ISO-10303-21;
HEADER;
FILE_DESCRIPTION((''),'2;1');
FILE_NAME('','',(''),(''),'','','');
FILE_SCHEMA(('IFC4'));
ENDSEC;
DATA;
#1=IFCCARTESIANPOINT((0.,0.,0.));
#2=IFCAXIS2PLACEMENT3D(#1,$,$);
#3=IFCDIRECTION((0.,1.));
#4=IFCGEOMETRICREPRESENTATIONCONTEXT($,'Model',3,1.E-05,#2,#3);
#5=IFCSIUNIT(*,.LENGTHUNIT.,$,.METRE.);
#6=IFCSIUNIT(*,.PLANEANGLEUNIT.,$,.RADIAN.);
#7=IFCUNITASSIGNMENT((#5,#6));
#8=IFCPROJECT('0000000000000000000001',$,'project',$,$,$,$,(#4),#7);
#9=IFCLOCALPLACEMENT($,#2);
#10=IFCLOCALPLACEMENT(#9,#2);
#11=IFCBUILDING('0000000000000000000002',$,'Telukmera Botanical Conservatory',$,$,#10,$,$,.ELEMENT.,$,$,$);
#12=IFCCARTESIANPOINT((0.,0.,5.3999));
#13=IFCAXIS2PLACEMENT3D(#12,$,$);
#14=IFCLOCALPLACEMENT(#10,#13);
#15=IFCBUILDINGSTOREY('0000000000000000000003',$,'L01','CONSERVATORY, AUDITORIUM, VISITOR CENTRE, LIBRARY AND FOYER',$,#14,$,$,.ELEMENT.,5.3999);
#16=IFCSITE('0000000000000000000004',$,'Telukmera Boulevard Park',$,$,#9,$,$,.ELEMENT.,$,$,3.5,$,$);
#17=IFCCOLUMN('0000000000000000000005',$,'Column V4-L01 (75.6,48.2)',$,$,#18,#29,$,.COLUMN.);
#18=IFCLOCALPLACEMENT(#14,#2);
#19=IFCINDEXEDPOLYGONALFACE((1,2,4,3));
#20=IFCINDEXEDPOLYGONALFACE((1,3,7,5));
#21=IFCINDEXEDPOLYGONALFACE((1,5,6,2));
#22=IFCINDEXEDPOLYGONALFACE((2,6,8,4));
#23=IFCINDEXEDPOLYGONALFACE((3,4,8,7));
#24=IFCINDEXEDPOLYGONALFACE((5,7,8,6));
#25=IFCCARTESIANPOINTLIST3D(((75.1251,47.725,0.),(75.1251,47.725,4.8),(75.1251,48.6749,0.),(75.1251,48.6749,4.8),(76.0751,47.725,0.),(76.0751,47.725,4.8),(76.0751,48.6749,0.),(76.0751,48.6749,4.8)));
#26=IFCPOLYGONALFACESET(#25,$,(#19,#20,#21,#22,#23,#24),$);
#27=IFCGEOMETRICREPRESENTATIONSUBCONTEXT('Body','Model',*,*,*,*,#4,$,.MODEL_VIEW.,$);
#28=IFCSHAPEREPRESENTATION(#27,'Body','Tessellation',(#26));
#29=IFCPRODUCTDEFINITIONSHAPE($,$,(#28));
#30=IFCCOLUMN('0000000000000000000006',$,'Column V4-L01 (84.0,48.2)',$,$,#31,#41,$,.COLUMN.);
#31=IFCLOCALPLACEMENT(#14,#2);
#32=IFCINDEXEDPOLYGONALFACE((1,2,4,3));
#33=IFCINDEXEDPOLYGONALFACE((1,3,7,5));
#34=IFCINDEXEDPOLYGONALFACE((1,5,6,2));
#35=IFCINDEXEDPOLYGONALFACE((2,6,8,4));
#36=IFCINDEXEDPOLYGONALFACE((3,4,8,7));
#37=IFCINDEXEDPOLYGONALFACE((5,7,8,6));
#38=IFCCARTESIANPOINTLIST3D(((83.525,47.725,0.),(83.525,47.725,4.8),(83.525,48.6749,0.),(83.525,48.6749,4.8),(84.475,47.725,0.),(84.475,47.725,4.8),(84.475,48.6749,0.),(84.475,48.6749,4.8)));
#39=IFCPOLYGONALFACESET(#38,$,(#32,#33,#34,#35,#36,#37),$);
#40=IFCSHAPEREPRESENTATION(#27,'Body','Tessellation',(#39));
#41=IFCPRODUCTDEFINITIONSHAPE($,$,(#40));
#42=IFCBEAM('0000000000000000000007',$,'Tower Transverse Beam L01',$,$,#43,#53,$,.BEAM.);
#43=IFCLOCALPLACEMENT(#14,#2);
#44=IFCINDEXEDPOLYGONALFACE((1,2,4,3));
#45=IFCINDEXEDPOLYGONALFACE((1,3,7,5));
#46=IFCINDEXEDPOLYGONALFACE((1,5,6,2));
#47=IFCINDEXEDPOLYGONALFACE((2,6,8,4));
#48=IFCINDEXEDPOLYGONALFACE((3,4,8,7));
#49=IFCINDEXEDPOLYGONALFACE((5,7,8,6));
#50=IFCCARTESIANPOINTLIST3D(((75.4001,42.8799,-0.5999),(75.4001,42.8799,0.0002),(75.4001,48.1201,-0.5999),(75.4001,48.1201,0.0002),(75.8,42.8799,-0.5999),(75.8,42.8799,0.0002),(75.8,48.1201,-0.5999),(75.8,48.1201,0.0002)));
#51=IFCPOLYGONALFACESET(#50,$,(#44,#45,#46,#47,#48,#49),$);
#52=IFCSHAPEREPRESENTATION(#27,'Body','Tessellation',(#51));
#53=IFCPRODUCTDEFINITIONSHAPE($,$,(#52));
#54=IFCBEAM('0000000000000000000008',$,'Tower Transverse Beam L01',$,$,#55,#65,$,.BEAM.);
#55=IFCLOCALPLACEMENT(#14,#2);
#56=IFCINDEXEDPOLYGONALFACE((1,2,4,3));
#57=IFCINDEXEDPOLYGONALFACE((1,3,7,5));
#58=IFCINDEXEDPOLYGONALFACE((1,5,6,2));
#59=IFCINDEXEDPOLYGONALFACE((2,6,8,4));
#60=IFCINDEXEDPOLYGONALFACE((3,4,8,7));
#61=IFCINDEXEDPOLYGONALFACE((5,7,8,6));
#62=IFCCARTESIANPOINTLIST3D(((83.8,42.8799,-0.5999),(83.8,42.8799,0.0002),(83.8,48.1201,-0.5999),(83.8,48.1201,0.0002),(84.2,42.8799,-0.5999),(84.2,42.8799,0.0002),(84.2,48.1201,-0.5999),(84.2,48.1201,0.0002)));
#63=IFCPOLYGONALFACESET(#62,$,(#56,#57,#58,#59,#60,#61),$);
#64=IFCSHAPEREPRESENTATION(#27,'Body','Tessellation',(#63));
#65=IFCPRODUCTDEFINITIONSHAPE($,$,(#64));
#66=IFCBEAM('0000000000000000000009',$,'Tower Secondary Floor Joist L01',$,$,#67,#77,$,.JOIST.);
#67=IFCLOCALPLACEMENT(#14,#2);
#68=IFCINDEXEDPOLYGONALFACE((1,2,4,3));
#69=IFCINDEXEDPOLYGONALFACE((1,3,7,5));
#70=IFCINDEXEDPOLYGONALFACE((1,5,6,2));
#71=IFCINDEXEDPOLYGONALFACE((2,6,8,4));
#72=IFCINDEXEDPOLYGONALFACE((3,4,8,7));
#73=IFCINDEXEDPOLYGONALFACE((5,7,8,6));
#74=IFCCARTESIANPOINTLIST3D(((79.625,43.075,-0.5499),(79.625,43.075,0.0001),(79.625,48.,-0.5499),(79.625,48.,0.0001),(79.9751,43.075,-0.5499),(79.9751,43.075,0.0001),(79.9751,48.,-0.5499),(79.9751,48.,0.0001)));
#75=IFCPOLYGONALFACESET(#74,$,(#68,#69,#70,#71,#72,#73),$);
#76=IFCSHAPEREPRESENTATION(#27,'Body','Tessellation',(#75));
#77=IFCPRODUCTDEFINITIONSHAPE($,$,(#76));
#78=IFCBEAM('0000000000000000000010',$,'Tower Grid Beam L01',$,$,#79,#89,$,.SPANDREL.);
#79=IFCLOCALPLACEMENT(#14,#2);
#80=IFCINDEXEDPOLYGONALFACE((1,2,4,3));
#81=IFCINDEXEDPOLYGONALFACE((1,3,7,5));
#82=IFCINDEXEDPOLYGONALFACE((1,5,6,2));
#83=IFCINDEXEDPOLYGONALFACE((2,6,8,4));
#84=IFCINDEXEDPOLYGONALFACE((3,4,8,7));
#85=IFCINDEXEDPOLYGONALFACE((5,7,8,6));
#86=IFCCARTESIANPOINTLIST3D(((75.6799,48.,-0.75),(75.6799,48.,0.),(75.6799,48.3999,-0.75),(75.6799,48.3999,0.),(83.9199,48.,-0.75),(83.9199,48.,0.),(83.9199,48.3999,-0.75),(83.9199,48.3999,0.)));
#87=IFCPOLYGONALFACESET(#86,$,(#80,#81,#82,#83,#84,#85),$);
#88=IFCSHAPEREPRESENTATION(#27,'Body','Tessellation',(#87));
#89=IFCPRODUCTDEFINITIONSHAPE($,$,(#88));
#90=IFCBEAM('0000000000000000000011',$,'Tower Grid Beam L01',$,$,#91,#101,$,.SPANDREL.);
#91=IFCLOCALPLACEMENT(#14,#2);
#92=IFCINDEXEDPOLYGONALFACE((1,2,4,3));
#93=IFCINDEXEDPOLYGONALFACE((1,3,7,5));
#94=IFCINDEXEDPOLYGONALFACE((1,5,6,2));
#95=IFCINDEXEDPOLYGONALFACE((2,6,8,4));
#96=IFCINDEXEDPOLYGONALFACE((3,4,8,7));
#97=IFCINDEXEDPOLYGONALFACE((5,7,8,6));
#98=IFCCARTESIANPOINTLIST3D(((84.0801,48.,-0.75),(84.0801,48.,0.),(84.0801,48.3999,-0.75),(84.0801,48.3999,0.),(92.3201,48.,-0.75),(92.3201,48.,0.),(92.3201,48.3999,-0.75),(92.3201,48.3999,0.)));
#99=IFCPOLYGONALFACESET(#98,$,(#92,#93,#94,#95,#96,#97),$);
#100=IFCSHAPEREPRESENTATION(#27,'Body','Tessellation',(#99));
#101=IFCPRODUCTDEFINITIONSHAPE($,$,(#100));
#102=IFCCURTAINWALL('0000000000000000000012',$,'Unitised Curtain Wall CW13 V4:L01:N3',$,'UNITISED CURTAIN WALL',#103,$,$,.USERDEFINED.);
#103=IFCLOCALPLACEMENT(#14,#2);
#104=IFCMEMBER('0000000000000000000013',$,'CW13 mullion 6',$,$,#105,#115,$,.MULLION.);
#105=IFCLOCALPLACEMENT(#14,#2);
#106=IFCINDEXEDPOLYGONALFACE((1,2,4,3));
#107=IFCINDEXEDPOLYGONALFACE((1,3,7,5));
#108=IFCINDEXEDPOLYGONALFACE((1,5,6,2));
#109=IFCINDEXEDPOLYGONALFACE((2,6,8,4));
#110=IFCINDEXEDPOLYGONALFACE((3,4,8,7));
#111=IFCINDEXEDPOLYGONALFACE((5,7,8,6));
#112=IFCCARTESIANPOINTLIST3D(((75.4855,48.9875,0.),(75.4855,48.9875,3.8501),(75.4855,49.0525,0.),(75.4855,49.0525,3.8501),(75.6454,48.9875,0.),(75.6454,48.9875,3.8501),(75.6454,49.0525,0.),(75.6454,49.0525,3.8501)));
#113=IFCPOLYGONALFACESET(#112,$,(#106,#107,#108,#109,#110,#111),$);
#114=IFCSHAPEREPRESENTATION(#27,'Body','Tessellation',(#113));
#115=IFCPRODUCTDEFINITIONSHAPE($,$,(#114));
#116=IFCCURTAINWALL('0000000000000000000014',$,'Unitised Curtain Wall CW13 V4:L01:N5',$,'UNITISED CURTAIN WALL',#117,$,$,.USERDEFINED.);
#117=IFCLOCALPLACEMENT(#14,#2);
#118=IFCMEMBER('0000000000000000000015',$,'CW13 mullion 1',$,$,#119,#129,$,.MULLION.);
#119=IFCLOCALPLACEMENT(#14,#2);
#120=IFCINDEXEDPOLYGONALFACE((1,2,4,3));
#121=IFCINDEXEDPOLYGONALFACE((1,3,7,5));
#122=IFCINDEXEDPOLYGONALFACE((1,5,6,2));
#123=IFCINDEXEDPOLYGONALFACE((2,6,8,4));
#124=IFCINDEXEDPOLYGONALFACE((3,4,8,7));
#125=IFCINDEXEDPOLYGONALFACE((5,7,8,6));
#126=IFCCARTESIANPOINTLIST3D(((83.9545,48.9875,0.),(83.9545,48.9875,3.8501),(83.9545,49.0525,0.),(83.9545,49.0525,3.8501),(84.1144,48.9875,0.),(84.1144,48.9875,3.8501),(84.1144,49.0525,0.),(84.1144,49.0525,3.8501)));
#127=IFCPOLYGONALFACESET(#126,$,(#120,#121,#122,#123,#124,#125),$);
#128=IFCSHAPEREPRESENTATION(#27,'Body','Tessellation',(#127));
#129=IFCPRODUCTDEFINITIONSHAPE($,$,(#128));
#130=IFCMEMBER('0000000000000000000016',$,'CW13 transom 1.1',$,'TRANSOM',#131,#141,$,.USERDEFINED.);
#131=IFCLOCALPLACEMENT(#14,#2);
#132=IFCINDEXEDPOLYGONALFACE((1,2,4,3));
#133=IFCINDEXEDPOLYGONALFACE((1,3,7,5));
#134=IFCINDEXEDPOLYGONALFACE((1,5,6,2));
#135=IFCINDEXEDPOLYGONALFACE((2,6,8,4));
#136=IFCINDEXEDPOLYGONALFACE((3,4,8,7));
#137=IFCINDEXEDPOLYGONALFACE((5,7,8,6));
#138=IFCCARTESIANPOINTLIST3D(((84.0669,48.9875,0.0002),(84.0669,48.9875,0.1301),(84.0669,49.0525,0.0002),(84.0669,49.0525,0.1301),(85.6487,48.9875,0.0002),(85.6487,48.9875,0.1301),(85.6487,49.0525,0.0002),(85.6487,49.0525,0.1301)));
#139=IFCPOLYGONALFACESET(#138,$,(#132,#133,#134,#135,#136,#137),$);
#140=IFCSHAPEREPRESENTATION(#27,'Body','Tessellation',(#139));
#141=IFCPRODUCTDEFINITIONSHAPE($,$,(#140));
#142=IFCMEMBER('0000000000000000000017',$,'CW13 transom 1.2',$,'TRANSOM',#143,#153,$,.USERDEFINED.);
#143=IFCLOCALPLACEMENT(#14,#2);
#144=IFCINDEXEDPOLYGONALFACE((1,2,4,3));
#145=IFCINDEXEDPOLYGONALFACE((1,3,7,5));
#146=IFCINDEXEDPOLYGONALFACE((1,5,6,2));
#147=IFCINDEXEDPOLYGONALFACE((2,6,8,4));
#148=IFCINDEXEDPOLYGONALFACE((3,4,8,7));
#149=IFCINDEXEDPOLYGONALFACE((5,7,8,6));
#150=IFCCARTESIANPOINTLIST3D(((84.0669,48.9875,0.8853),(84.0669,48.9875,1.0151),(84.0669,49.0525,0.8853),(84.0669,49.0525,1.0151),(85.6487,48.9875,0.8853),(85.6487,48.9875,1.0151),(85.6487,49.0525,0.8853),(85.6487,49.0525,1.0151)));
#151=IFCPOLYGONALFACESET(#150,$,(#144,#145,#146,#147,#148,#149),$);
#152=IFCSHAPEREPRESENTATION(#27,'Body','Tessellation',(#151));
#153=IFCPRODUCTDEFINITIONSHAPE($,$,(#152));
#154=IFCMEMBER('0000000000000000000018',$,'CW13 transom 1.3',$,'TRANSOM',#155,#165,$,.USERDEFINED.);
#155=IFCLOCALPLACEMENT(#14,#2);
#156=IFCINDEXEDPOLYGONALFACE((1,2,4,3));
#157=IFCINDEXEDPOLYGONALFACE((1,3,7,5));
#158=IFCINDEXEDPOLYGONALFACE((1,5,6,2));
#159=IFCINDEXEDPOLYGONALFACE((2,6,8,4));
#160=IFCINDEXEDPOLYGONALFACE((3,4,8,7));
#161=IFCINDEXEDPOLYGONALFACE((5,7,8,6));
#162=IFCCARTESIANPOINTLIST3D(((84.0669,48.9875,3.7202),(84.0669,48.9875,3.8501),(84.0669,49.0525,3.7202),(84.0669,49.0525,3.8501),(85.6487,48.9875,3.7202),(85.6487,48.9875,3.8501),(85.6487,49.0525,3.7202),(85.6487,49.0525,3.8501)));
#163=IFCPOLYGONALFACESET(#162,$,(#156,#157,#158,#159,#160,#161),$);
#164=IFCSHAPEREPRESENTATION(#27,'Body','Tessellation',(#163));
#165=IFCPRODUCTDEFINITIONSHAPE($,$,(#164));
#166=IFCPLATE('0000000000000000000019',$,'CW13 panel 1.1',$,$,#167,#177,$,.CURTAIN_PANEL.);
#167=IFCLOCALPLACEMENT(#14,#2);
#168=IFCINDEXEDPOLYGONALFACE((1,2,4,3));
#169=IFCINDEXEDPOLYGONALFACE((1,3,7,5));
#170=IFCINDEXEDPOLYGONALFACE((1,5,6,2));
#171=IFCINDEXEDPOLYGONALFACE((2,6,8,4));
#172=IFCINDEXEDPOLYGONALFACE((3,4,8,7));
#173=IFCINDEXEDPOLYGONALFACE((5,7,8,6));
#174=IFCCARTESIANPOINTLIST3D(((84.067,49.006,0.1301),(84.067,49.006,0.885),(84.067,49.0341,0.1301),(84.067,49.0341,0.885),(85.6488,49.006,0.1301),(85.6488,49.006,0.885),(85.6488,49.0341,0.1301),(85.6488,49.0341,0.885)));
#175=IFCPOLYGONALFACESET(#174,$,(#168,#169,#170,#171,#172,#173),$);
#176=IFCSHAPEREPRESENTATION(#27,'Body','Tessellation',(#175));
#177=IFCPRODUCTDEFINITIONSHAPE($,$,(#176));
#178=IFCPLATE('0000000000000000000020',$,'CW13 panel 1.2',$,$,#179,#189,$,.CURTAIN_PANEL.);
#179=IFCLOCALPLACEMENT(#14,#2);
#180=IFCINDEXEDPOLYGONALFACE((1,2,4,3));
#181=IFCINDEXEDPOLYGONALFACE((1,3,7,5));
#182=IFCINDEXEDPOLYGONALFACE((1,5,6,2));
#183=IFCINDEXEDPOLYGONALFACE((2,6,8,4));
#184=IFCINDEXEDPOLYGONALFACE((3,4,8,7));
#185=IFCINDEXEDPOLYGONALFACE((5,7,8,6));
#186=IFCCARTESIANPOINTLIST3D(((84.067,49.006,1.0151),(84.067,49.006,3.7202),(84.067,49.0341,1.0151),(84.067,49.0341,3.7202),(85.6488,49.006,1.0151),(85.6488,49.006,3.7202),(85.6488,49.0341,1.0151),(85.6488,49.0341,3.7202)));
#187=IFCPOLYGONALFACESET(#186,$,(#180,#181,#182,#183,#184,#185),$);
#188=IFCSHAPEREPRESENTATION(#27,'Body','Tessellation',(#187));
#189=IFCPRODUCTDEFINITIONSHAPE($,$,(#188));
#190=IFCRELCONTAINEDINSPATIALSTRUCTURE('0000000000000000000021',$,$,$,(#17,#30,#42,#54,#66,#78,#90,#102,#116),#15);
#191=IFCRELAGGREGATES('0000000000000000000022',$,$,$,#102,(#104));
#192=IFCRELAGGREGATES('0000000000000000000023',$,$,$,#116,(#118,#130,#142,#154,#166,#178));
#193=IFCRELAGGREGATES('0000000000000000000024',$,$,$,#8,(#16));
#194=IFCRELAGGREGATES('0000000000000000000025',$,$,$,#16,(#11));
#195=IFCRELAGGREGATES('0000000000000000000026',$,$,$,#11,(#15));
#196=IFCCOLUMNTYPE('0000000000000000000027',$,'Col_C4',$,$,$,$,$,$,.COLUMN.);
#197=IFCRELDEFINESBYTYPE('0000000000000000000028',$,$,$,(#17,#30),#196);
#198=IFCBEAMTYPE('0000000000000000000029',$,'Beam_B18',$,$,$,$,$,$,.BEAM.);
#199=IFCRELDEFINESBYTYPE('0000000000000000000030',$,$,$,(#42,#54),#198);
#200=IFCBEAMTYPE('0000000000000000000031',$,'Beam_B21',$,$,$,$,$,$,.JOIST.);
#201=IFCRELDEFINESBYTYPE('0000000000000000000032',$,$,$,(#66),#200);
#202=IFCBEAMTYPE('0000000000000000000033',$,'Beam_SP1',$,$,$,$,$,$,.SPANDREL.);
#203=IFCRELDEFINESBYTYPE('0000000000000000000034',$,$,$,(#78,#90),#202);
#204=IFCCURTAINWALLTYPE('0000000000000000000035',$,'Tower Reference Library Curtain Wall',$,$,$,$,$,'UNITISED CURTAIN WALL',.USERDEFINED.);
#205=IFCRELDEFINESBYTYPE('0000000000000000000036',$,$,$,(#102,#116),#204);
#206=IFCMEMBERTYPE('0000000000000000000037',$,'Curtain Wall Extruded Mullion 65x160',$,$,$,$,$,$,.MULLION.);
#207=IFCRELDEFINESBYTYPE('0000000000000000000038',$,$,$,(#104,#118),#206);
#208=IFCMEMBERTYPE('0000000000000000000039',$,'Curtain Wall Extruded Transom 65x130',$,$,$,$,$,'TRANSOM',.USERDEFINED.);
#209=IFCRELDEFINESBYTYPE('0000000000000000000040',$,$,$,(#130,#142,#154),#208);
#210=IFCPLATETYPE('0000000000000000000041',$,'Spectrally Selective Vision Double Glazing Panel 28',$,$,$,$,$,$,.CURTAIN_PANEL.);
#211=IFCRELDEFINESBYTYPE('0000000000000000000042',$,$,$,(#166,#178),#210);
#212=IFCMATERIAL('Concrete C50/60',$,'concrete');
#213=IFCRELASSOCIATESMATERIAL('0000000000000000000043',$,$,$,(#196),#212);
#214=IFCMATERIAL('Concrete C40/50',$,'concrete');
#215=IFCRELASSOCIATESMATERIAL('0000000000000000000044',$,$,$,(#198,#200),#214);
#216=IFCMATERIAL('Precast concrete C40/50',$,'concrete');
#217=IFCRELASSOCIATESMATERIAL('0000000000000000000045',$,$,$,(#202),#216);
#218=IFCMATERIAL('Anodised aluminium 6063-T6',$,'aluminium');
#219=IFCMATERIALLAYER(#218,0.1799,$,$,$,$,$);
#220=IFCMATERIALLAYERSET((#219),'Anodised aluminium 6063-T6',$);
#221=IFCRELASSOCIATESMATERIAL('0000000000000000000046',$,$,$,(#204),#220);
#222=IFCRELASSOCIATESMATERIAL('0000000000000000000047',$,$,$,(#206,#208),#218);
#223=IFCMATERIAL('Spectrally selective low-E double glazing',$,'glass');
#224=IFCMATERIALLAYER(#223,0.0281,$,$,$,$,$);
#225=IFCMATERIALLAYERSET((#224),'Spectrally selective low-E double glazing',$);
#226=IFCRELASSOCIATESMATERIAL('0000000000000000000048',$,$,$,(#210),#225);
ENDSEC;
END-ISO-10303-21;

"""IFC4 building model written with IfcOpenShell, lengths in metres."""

from ifc_helpers import new_model, si_unit, direction, frame, origin, origin_2d, place, context, subcontext, project, spatial, rectangle, extrude, material, layer, layer_set, material_profile, profile_set, type_object, element, aggregate, save


model = new_model("IFC4")

# Units and contexts
model_context = context("Model", 3, precision=1e-05, world=origin(), true_north=direction((0.0, 1.0)))
body_context = subcontext(model_context, "Body", "Model", "MODEL_VIEW")
ifc_project = project(units=[si_unit("LENGTHUNIT", "METRE"), si_unit("PLANEANGLEUNIT", "RADIAN")], contexts=[model_context])

# Site, building, storey
site_placement = place(None, origin())
site = spatial("IfcSite", under=ifc_project, at=site_placement, Name="Telukmera Boulevard Park", CompositionType="ELEMENT", RefElevation=3.5)
building_placement = place(site_placement, origin())
building = spatial("IfcBuilding", under=site, at=building_placement, Name="Telukmera Botanical Conservatory", CompositionType="ELEMENT")
storey_placement = place(building_placement, frame((0.0, 0.0, 5.3999)))
storey = spatial("IfcBuildingStorey", under=building, at=storey_placement, Name="L01", Description="CONSERVATORY, AUDITORIUM, VISITOR CENTRE, LIBRARY AND FOYER", CompositionType="ELEMENT", Elevation=5.3999)

# Columns
ifc_material_1 = material(Name="Concrete C50/60", Category="concrete")
ifc_material_profile_1 = material_profile(ifc_material_1, rectangle(XDim=0.95, YDim=0.95, at=origin_2d()), Name="RC 950x950")
ifc_profile_set_1 = profile_set([ifc_material_profile_1], Name="Concrete C50/60")
column_type = type_object("IfcColumnType", Name="Col_C4", PredefinedType="COLUMN", material=ifc_profile_set_1)
for number, where, z_axis, x_axis, name in (
    (1, (75.6001, 48.2, 0.0), (0.0, 0.0, 1.0), (1.0, 0.0, 0.0), "Column V4-L01 (75.6,48.2)"),
    (2, (84.0, 48.2, 0.0), (0.0, 0.0, 1.0), (1.0, 0.0, 0.0), "Column V4-L01 (84.0,48.2)"),
):
    element("IfcColumn", number, at=place(storey_placement, frame(where, z_axis=z_axis, x_axis=x_axis)), inside=storey, type_object=column_type, Name=name, PredefinedType="COLUMN", context=body_context, shape_type="SweptSolid", body=[
        extrude(rectangle(XDim=0.95, YDim=0.95, at=origin_2d()), origin(), (0.0, 0.0, 1.0), 4.8),
    ])

# Beams
ifc_material_2 = material(Name="Concrete C40/50", Category="concrete")
ifc_material_profile_2 = material_profile(ifc_material_2, rectangle(XDim=0.3999, YDim=0.6001, at=origin_2d()), Name="RC 400x600")
ifc_profile_set_2 = profile_set([ifc_material_profile_2], Name="Concrete C40/50")
beam_type_1 = type_object("IfcBeamType", Name="Beam_B18", PredefinedType="BEAM", material=ifc_profile_set_2)
for number, where, z_axis, x_axis, name in (
    (3, (75.6001, 42.8799, -0.2998), (0.0, 1.0, 0.0), (-1.0, 0.0, 0.0), "Tower Transverse Beam L01"),
    (4, (84.0, 42.8799, -0.2998), (0.0, 1.0, 0.0), (-1.0, 0.0, 0.0), "Tower Transverse Beam L01"),
):
    element("IfcBeam", number, at=place(storey_placement, frame(where, z_axis=z_axis, x_axis=x_axis)), inside=storey, type_object=beam_type_1, Name=name, PredefinedType="BEAM", context=body_context, shape_type="SweptSolid", body=[
        extrude(rectangle(XDim=0.3999, YDim=0.6001, at=origin_2d()), origin(), (0.0, 0.0, 1.0), 5.2402),
    ])
ifc_material_profile_3 = material_profile(ifc_material_2, rectangle(XDim=0.3501, YDim=0.55, at=origin_2d()), Name="RC 350x550")
ifc_profile_set_3 = profile_set([ifc_material_profile_3], Name="Concrete C40/50")
beam_type_2 = type_object("IfcBeamType", Name="Beam_B21", PredefinedType="JOIST", material=ifc_profile_set_3)
beam_placement = place(storey_placement, frame((79.8, 43.075, -0.2749), z_axis=(0.0, 1.0, 0.0), x_axis=(-1.0, 0.0, 0.0)))
element("IfcBeam", 5, at=beam_placement, inside=storey, type_object=beam_type_2, Name="Tower Secondary Floor Joist L01", PredefinedType="JOIST", context=body_context, shape_type="SweptSolid", body=[
    extrude(rectangle(XDim=0.3501, YDim=0.55, at=origin_2d()), origin(), (0.0, 0.0, 1.0), 4.925),
])
ifc_material_3 = material(Name="Precast concrete C40/50", Category="concrete")
ifc_material_profile_4 = material_profile(ifc_material_3, rectangle(XDim=0.3999, YDim=0.75, at=origin_2d()), Name="PC 400x750")
ifc_profile_set_4 = profile_set([ifc_material_profile_4], Name="Precast concrete C40/50")
beam_type_3 = type_object("IfcBeamType", Name="Beam_SP1", PredefinedType="SPANDREL", material=ifc_profile_set_4)
for number, where, z_axis, x_axis, name in (
    (6, (75.6799, 48.2, -0.375), (1.0, 0.0, 0.0), (0.0, 1.0, 0.0), "Tower Grid Beam L01"),
    (7, (84.0801, 48.2, -0.375), (1.0, 0.0, 0.0), (0.0, 1.0, 0.0), "Tower Grid Beam L01"),
):
    element("IfcBeam", number, at=place(storey_placement, frame(where, z_axis=z_axis, x_axis=x_axis)), inside=storey, type_object=beam_type_3, Name=name, PredefinedType="SPANDREL", context=body_context, shape_type="SweptSolid", body=[
        extrude(rectangle(XDim=0.3999, YDim=0.75, at=origin_2d()), origin(), (0.0, 0.0, 1.0), 8.24),
    ])

# Curtain wall, member
ifc_material_4 = material(Name="Anodised aluminium 6063-T6", Category="aluminium")
ifc_layer_1 = layer(ifc_material_4, 0.1799)
ifc_layer_set_1 = layer_set([ifc_layer_1], Name="Anodised aluminium 6063-T6")
curtain_wall_type = type_object("IfcCurtainWallType", Name="Tower Reference Library Curtain Wall", ElementType="UNITISED CURTAIN WALL", PredefinedType="USERDEFINED", material=ifc_layer_set_1)
curtain_wall_1_placement = place(storey_placement, origin())
curtain_wall_1 = element("IfcCurtainWall", 8, at=curtain_wall_1_placement, inside=storey, type_object=curtain_wall_type, Name="Unitised Curtain Wall CW13 V4:L01:N3", ObjectType="UNITISED CURTAIN WALL", PredefinedType="USERDEFINED")
ifc_material_profile_5 = material_profile(ifc_material_4, rectangle(XDim=0.0649, YDim=0.1599, at=origin_2d()), Name="ALU MULL 65x160")
ifc_profile_set_5 = profile_set([ifc_material_profile_5], Name="Anodised aluminium 6063-T6")
member_type_1 = type_object("IfcMemberType", Name="Curtain Wall Extruded Mullion 65x160", PredefinedType="MULLION", material=ifc_profile_set_5)
member_1_placement = place(storey_placement, frame((75.5654, 49.02, 0.0), z_axis=(0.0, 0.0, 1.0), x_axis=(0.0, 1.0, 0.0)))
member_1 = element("IfcMember", 9, at=member_1_placement, type_object=member_type_1, Name="CW13 mullion 6", PredefinedType="MULLION", context=body_context, shape_type="SweptSolid", body=[
    extrude(rectangle(XDim=0.0649, YDim=0.1599, at=origin_2d()), origin(), (0.0, 0.0, 1.0), 3.8501),
])
aggregate(curtain_wall_1, [member_1])

# Curtain wall, members, plates
curtain_wall_2_placement = place(storey_placement, origin())
curtain_wall_2 = element("IfcCurtainWall", 10, at=curtain_wall_2_placement, inside=storey, type_object=curtain_wall_type, Name="Unitised Curtain Wall CW13 V4:L01:N5", ObjectType="UNITISED CURTAIN WALL", PredefinedType="USERDEFINED")
member_2_placement = place(storey_placement, frame((84.0344, 49.02, 0.0), z_axis=(0.0, 0.0, 1.0), x_axis=(0.0, 1.0, 0.0)))
member_2 = element("IfcMember", 11, at=member_2_placement, type_object=member_type_1, Name="CW13 mullion 1", PredefinedType="MULLION", context=body_context, shape_type="SweptSolid", body=[
    extrude(rectangle(XDim=0.0649, YDim=0.1599, at=origin_2d()), origin(), (0.0, 0.0, 1.0), 3.8501),
])
ifc_material_profile_6 = material_profile(ifc_material_4, rectangle(XDim=0.0649, YDim=0.1299, at=origin_2d()), Name="ALU TRAN 65x130")
ifc_profile_set_6 = profile_set([ifc_material_profile_6], Name="Anodised aluminium 6063-T6")
member_type_2 = type_object("IfcMemberType", Name="Curtain Wall Extruded Transom 65x130", ElementType="TRANSOM", PredefinedType="USERDEFINED", material=ifc_profile_set_6)
member_3_placement = place(storey_placement, frame((84.0669, 49.02, 0.0652), z_axis=(1.0, 0.0, 0.0), x_axis=(0.0, 1.0, 0.0)))
member_3 = element("IfcMember", 12, at=member_3_placement, type_object=member_type_2, Name="CW13 transom 1.1", ObjectType="TRANSOM", PredefinedType="USERDEFINED", context=body_context, shape_type="SweptSolid", body=[
    extrude(rectangle(XDim=0.0649, YDim=0.1299, at=origin_2d()), origin(), (0.0, 0.0, 1.0), 1.5818),
])
member_4_placement = place(storey_placement, frame((84.0669, 49.02, 0.9502), z_axis=(1.0, 0.0, 0.0), x_axis=(0.0, 1.0, 0.0)))
member_4 = element("IfcMember", 13, at=member_4_placement, type_object=member_type_2, Name="CW13 transom 1.2", ObjectType="TRANSOM", PredefinedType="USERDEFINED", context=body_context, shape_type="SweptSolid", body=[
    extrude(rectangle(XDim=0.0649, YDim=0.1299, at=origin_2d()), origin(), (0.0, 0.0, 1.0), 1.5818),
])
member_5_placement = place(storey_placement, frame((84.0669, 49.02, 3.7852), z_axis=(1.0, 0.0, 0.0), x_axis=(0.0, 1.0, 0.0)))
member_5 = element("IfcMember", 14, at=member_5_placement, type_object=member_type_2, Name="CW13 transom 1.3", ObjectType="TRANSOM", PredefinedType="USERDEFINED", context=body_context, shape_type="SweptSolid", body=[
    extrude(rectangle(XDim=0.0649, YDim=0.1299, at=origin_2d()), origin(), (0.0, 0.0, 1.0), 1.5818),
])
ifc_material_5 = material(Name="Spectrally selective low-E double glazing", Category="glass")
ifc_layer_2 = layer(ifc_material_5, 0.0281)
ifc_layer_set_2 = layer_set([ifc_layer_2], Name="Spectrally selective low-E double glazing")
plate_type = type_object("IfcPlateType", Name="Spectrally Selective Vision Double Glazing Panel 28", PredefinedType="CURTAIN_PANEL", material=ifc_layer_set_2)
plate_1_placement = place(storey_placement, frame((84.8579, 49.02, 0.1301), z_axis=(0.0, 0.0, 1.0), x_axis=(1.0, 0.0, 0.0)))
plate_1 = element("IfcPlate", 15, at=plate_1_placement, type_object=plate_type, Name="CW13 panel 1.1", PredefinedType="CURTAIN_PANEL", context=body_context, shape_type="SweptSolid", body=[
    extrude(rectangle(XDim=1.5818, YDim=0.0281, at=origin_2d()), origin(), (0.0, 0.0, 1.0), 0.7549),
])
plate_2_placement = place(storey_placement, frame((84.8579, 49.02, 1.0151), z_axis=(0.0, 0.0, 1.0), x_axis=(1.0, 0.0, 0.0)))
plate_2 = element("IfcPlate", 16, at=plate_2_placement, type_object=plate_type, Name="CW13 panel 1.2", PredefinedType="CURTAIN_PANEL", context=body_context, shape_type="SweptSolid", body=[
    extrude(rectangle(XDim=1.5818, YDim=0.0281, at=origin_2d()), origin(), (0.0, 0.0, 1.0), 2.7051),
])
aggregate(curtain_wall_2, [member_2, member_3, member_4, member_5, plate_1, plate_2])

save(model, "model.ifc")
